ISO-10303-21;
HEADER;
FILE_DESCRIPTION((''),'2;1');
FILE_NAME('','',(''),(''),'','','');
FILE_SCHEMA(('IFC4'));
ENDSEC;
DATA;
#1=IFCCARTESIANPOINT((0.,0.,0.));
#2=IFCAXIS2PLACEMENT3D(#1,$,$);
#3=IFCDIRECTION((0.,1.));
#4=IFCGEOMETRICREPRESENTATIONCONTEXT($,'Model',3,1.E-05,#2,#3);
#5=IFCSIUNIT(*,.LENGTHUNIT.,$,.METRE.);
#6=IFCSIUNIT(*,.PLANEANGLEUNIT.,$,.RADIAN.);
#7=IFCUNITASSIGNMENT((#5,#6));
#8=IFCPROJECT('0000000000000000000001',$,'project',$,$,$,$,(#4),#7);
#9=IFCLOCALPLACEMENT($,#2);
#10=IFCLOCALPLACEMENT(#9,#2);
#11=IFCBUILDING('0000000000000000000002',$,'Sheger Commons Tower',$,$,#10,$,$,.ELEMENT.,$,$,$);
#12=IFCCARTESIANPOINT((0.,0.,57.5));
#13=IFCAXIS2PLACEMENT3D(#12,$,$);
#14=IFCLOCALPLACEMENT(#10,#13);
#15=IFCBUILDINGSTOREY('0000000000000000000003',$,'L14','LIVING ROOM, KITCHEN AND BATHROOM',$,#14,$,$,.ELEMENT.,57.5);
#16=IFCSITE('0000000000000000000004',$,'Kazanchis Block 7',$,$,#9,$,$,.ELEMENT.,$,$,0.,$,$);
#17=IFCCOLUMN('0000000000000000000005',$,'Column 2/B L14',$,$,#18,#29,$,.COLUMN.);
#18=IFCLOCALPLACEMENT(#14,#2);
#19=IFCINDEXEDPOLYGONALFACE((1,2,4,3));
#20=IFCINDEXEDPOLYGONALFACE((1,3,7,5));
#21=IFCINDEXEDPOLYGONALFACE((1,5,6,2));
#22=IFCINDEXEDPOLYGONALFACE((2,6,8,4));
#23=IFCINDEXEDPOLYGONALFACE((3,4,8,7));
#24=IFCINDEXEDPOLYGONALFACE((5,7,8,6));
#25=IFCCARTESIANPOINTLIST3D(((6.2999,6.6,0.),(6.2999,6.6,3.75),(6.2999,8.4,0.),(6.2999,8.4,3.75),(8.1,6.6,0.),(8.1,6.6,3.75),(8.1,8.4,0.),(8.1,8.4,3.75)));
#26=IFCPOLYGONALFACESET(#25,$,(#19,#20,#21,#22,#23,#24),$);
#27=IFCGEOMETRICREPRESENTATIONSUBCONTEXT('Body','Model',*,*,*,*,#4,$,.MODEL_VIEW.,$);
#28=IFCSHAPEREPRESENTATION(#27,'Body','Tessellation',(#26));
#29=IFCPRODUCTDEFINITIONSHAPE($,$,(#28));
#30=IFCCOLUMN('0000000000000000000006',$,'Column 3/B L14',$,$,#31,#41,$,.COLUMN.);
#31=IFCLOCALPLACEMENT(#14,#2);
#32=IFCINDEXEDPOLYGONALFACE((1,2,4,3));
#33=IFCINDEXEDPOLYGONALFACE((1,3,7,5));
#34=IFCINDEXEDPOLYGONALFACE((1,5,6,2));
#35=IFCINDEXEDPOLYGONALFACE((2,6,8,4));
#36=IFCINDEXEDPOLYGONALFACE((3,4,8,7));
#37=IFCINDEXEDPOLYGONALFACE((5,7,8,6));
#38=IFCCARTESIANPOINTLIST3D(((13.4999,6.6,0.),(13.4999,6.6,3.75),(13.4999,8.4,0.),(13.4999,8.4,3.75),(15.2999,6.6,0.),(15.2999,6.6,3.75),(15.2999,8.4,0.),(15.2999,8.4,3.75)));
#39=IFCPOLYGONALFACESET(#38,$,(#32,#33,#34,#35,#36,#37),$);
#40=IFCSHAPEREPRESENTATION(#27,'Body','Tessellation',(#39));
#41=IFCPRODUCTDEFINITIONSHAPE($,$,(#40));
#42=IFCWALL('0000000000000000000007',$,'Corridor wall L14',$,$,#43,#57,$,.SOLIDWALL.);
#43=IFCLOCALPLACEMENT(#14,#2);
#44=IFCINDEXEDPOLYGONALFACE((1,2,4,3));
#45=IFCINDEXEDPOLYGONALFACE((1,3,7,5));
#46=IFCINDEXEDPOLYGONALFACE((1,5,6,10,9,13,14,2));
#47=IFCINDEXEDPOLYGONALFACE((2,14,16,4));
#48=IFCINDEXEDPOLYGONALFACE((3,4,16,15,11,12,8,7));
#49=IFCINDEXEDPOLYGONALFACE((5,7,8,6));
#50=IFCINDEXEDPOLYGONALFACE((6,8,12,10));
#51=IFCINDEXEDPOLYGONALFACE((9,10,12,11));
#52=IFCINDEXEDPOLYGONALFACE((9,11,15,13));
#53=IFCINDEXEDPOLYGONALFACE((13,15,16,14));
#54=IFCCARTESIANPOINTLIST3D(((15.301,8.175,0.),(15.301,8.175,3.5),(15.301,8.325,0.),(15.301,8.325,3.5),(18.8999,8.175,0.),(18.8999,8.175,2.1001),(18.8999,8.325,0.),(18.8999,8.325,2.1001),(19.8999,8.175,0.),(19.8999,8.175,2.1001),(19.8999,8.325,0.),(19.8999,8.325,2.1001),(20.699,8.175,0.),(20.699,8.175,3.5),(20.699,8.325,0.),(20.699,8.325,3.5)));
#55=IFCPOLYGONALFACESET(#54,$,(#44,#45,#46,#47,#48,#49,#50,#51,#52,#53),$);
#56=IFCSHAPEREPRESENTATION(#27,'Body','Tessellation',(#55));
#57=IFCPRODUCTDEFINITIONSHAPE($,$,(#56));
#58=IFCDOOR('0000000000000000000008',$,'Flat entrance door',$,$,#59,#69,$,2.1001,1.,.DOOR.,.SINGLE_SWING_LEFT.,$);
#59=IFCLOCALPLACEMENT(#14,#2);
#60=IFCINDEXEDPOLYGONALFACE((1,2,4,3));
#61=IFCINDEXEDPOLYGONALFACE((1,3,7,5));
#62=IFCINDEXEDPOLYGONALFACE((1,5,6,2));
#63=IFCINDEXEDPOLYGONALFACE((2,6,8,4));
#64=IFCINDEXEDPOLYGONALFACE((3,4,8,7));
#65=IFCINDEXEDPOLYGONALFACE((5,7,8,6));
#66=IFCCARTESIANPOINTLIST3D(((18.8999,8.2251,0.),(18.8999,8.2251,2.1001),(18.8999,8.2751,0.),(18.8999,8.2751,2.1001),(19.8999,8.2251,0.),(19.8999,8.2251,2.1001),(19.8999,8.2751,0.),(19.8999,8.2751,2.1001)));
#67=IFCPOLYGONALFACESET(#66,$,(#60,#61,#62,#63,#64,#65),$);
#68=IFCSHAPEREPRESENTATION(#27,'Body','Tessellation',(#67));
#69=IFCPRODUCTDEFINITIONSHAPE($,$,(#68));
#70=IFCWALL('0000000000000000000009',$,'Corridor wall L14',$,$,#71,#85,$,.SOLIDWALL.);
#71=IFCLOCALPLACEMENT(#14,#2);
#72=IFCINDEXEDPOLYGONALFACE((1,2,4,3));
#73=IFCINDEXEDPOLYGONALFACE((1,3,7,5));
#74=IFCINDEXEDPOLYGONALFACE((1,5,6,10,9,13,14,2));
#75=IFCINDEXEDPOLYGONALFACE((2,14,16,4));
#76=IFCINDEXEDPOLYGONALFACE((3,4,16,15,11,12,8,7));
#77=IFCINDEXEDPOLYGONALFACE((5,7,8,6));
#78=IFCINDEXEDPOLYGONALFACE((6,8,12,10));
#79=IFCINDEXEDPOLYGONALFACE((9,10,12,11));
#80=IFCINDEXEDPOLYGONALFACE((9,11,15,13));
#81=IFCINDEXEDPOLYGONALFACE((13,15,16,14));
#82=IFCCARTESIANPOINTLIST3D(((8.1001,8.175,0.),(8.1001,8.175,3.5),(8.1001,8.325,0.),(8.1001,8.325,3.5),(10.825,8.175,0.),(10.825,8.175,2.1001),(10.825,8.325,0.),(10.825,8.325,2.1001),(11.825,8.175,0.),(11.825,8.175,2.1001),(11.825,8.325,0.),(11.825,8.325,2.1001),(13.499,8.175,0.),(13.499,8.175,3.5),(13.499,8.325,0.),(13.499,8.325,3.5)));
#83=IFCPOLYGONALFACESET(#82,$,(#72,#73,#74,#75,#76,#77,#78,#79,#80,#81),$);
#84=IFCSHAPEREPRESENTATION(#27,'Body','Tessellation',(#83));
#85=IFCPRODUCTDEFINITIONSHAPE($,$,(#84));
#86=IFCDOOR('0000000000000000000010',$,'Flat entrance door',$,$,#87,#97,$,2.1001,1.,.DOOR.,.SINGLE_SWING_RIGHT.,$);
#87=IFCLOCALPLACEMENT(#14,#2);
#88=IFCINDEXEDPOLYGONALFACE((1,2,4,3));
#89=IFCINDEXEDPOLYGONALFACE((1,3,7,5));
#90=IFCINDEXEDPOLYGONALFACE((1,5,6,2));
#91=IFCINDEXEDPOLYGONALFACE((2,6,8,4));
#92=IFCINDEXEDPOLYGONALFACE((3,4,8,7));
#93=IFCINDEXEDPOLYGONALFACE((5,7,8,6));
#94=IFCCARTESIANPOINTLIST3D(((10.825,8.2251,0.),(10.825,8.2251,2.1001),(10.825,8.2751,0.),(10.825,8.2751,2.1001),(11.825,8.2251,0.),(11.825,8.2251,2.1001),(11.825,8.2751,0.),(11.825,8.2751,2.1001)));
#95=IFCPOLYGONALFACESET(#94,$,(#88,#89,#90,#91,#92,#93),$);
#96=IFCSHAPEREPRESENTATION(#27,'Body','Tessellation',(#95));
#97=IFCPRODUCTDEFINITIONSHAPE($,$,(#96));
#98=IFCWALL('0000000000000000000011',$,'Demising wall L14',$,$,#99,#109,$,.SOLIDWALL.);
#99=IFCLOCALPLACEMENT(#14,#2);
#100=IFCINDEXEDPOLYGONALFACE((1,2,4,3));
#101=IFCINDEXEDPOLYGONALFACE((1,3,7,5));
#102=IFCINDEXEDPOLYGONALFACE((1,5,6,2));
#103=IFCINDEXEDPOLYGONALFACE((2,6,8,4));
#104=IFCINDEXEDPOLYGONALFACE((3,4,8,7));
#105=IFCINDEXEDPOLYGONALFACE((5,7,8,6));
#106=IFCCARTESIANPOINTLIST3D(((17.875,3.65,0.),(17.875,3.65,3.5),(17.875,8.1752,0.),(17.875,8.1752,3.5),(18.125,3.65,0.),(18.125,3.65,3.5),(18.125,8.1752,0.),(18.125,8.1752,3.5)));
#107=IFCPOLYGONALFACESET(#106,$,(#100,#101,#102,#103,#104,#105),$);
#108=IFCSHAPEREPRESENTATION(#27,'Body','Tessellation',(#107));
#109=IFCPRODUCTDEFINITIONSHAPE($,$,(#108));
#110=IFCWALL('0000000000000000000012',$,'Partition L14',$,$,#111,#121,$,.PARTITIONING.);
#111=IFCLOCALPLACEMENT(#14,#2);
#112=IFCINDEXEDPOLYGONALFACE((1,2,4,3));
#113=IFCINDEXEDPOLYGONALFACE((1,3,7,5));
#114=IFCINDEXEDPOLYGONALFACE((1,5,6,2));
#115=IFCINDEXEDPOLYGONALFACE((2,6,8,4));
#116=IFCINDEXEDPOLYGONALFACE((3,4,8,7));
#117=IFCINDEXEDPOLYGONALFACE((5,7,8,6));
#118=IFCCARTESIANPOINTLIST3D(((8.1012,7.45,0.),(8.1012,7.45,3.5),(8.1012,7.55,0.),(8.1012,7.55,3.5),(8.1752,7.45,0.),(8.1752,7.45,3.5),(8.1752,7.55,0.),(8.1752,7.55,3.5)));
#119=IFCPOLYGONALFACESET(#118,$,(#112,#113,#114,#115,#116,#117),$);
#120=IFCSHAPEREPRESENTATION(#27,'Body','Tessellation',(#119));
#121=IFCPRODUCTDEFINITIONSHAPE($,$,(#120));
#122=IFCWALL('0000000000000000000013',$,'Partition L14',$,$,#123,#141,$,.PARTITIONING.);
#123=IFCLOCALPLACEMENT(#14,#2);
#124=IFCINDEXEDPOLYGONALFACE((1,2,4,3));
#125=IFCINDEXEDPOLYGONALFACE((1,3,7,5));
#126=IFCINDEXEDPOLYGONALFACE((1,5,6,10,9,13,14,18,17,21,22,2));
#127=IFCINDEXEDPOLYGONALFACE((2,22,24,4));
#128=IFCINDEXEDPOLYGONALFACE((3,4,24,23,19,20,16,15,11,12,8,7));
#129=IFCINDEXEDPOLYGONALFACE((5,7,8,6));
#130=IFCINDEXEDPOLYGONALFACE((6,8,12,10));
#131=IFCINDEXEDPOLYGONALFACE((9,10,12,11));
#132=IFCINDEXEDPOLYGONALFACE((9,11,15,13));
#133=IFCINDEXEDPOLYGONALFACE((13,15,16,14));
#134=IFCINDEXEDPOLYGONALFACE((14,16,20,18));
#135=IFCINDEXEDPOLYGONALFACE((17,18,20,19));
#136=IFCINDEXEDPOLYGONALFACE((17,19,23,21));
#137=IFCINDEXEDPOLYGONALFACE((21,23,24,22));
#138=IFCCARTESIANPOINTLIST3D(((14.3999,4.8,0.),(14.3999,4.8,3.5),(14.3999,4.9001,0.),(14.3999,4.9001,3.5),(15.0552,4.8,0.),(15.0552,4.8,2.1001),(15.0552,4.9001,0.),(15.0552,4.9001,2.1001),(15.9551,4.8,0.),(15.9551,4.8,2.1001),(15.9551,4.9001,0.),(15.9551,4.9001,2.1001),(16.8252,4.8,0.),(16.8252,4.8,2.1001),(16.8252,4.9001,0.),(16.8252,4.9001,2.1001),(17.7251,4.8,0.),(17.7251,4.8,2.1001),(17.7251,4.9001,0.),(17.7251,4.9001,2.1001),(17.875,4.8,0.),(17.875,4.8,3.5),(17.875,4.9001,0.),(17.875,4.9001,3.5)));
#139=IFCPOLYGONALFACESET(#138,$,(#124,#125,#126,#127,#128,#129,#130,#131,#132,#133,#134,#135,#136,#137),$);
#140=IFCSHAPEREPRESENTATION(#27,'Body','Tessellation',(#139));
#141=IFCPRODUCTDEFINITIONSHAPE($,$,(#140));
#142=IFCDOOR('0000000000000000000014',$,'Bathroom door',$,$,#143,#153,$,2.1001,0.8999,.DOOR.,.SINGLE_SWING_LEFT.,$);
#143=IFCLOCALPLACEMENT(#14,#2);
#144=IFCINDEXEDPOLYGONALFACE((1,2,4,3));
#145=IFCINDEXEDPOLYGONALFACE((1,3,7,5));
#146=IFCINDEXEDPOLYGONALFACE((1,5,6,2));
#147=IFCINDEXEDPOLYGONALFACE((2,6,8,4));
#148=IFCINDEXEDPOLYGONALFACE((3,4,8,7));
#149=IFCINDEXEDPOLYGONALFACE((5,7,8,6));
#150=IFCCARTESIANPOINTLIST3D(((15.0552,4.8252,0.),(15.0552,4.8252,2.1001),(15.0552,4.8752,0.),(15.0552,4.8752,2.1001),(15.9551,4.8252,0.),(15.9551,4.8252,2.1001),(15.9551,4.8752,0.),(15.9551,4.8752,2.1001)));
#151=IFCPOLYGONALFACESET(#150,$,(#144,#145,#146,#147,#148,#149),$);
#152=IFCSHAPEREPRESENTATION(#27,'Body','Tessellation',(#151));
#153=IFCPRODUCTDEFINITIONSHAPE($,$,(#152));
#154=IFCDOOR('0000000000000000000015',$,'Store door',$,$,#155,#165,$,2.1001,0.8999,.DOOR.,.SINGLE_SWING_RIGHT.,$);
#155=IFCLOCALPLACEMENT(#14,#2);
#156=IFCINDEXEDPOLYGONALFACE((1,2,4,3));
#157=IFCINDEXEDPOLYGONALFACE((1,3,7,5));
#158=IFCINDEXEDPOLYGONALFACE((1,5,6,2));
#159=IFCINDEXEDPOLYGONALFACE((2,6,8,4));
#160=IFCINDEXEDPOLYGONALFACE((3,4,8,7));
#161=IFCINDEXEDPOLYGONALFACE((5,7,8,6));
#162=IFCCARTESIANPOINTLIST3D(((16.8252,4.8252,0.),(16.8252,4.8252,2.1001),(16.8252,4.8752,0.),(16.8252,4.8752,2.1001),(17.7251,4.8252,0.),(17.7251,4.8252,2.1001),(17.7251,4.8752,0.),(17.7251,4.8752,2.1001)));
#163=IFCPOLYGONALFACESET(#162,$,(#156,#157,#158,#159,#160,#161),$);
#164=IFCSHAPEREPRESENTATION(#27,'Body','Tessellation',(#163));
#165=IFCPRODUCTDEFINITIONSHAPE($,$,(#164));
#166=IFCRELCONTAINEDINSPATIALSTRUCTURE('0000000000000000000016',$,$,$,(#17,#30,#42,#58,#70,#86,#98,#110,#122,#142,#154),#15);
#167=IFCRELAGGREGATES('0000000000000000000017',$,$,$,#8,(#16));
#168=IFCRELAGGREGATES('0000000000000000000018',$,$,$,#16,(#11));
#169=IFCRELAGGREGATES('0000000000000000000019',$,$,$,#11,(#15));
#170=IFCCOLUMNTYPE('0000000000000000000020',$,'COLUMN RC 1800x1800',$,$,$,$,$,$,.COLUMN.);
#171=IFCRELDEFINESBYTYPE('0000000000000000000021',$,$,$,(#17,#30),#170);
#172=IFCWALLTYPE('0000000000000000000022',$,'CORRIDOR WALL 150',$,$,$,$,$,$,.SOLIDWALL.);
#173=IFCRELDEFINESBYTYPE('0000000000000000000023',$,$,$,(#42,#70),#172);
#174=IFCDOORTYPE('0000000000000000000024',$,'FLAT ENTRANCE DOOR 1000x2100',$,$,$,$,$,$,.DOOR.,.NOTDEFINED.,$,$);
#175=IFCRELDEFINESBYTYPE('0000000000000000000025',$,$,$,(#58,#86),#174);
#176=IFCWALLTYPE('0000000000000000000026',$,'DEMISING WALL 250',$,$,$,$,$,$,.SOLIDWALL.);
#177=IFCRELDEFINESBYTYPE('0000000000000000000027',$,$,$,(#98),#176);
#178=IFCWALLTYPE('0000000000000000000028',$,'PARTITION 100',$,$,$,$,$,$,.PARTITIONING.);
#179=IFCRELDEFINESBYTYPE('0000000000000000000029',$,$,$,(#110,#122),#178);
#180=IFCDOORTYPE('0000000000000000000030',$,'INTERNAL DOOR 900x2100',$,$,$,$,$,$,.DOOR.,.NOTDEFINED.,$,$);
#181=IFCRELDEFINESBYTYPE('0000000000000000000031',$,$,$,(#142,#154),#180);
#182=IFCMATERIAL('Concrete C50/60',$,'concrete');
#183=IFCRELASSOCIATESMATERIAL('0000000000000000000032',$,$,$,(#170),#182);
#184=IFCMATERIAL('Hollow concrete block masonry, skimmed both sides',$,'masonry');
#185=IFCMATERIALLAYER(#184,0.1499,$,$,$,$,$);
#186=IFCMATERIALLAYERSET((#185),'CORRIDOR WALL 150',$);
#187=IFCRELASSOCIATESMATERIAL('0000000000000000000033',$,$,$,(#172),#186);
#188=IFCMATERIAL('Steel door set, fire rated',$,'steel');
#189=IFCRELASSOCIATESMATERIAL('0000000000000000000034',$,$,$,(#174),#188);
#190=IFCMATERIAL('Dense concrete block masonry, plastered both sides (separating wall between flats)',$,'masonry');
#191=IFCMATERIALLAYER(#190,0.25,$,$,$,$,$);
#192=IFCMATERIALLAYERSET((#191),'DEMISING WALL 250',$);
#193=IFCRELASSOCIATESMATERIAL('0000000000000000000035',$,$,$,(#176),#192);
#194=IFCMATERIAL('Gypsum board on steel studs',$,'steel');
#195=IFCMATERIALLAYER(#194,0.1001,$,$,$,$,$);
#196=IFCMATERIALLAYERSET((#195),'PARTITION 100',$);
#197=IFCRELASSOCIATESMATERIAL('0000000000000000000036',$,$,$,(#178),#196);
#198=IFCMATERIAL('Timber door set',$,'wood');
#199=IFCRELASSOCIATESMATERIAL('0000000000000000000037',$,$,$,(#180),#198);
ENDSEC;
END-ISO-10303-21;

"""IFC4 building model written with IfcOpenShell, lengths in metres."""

from ifc_helpers import new_model, si_unit, direction, frame, frame_2d, origin, origin_2d, place, context, subcontext, project, spatial, rectangle, extrude, material, layer, layer_set, material_profile, profile_set, type_object, element, fill, save


model = new_model("IFC4")

# Units and contexts
model_context = context("Model", 3, precision=1e-05, world=origin(), true_north=direction((0.0, 1.0)))
body_context = subcontext(model_context, "Body", "Model", "MODEL_VIEW")
ifc_project = project(units=[si_unit("LENGTHUNIT", "METRE"), si_unit("PLANEANGLEUNIT", "RADIAN")], contexts=[model_context])

# Site, building, storey
site_placement = place(None, origin())
site = spatial("IfcSite", under=ifc_project, at=site_placement, Name="Kazanchis Block 7", CompositionType="ELEMENT", RefElevation=0.0)
building_placement = place(site_placement, origin())
building = spatial("IfcBuilding", under=site, at=building_placement, Name="Sheger Commons Tower", CompositionType="ELEMENT")
storey_placement = place(building_placement, frame((0.0, 0.0, 57.5)))
storey = spatial("IfcBuildingStorey", under=building, at=storey_placement, Name="L14", Description="LIVING ROOM, KITCHEN AND BATHROOM", CompositionType="ELEMENT", Elevation=57.5)

# Columns
ifc_material_1 = material(Name="Concrete C50/60", Category="concrete")
ifc_material_profile = material_profile(ifc_material_1, rectangle(XDim=1.8, YDim=1.8, at=origin_2d()), Name="RC 1800x1800")
ifc_profile_set = profile_set([ifc_material_profile], Name="Concrete C50/60")
column_type = type_object("IfcColumnType", Name="COLUMN RC 1800x1800", PredefinedType="COLUMN", material=ifc_profile_set)
for number, where, z_axis, x_axis, name in (
    (1, (7.2, 7.5, 0.0), (0.0, 0.0, 1.0), (1.0, 0.0, 0.0), "Column 2/B L14"),
    (2, (14.3999, 7.5, 0.0), (0.0, 0.0, 1.0), (1.0, 0.0, 0.0), "Column 3/B L14"),
):
    element("IfcColumn", number, at=place(storey_placement, frame(where, z_axis=z_axis, x_axis=x_axis)), inside=storey, type_object=column_type, Name=name, PredefinedType="COLUMN", context=body_context, shape_type="SweptSolid", body=[
        extrude(rectangle(XDim=1.8, YDim=1.8, at=origin_2d()), origin(), (0.0, 0.0, 1.0), 3.75),
    ])

# Walls, openings, doors
ifc_material_2 = material(Name="Hollow concrete block masonry, skimmed both sides", Category="masonry")
ifc_layer_1 = layer(ifc_material_2, 0.1499)
ifc_layer_set_1 = layer_set([ifc_layer_1], Name="CORRIDOR WALL 150")
wall_type_1 = type_object("IfcWallType", Name="CORRIDOR WALL 150", PredefinedType="SOLIDWALL", material=ifc_layer_set_1)
wall_1_placement = place(storey_placement, frame((20.699, 8.25, 0.0), z_axis=(0.0, 0.0, 1.0), x_axis=(-1.0, 0.0, 0.0)))
wall_1 = element("IfcWall", 3, at=wall_1_placement, inside=storey, type_object=wall_type_1, Name="Corridor wall L14", PredefinedType="SOLIDWALL", context=body_context, shape_type="SweptSolid", body=[
    extrude(rectangle(XDim=5.3979, YDim=0.1499, at=frame_2d((2.699, 0.0))), origin(), (0.0, 0.0, 1.0), 3.5),
])
opening_1_placement = place(wall_1_placement, frame((0.7991, 0.0, 0.0)))
opening_1 = element("IfcOpeningElement", 4, at=opening_1_placement, cuts=wall_1, PredefinedType="OPENING", context=body_context, shape_type="SweptSolid", body=[
    extrude(rectangle(XDim=1.0, YDim=2.1001, at=frame_2d((0.5, 1.05))), frame((0.0, 0.085, 0.0), z_axis=(0.0, -1.0, 0.0), x_axis=(1.0, 0.0, 0.0)), (0.0, 0.0, 1.0), 0.1699),
])
ifc_material_3 = material(Name="Steel door set, fire rated", Category="steel")
door_type_1 = type_object("IfcDoorType", Name="FLAT ENTRANCE DOOR 1000x2100", OperationType="NOTDEFINED", PredefinedType="DOOR", material=ifc_material_3)
door_1_placement = place(opening_1_placement, origin())
door_1 = element("IfcDoor", 5, at=door_1_placement, inside=storey, type_object=door_type_1, Name="Flat entrance door", OperationType="SINGLE_SWING_LEFT", OverallHeight=2.1001, OverallWidth=1.0, PredefinedType="DOOR", context=body_context, shape_type="SweptSolid", body=[
    extrude(rectangle(XDim=1.0, YDim=2.1001, at=frame_2d((0.5, 1.05))), frame((0.0, 0.0249, 0.0), z_axis=(0.0, -1.0, 0.0), x_axis=(1.0, 0.0, 0.0)), (0.0, 0.0, 1.0), 0.05),
])
fill(opening_1, door_1)
wall_2_placement = place(storey_placement, frame((13.499, 8.25, 0.0), z_axis=(0.0, 0.0, 1.0), x_axis=(-1.0, 0.0, 0.0)))
wall_2 = element("IfcWall", 6, at=wall_2_placement, inside=storey, type_object=wall_type_1, Name="Corridor wall L14", PredefinedType="SOLIDWALL", context=body_context, shape_type="SweptSolid", body=[
    extrude(rectangle(XDim=5.3989, YDim=0.1499, at=frame_2d((2.6995, 0.0))), origin(), (0.0, 0.0, 1.0), 3.5),
])
opening_2_placement = place(wall_2_placement, frame((1.6741, 0.0, 0.0)))
opening_2 = element("IfcOpeningElement", 7, at=opening_2_placement, cuts=wall_2, PredefinedType="OPENING", context=body_context, shape_type="SweptSolid", body=[
    extrude(rectangle(XDim=1.0, YDim=2.1001, at=frame_2d((0.5, 1.05))), frame((0.0, 0.085, 0.0), z_axis=(0.0, -1.0, 0.0), x_axis=(1.0, 0.0, 0.0)), (0.0, 0.0, 1.0), 0.1699),
])
door_2_placement = place(opening_2_placement, origin())
door_2 = element("IfcDoor", 8, at=door_2_placement, inside=storey, type_object=door_type_1, Name="Flat entrance door", OperationType="SINGLE_SWING_RIGHT", OverallHeight=2.1001, OverallWidth=1.0, PredefinedType="DOOR", context=body_context, shape_type="SweptSolid", body=[
    extrude(rectangle(XDim=1.0, YDim=2.1001, at=frame_2d((0.5, 1.05))), frame((0.0, 0.0249, 0.0), z_axis=(0.0, -1.0, 0.0), x_axis=(1.0, 0.0, 0.0)), (0.0, 0.0, 1.0), 0.05),
])
fill(opening_2, door_2)

# Walls
ifc_material_4 = material(Name="Dense concrete block masonry, plastered both sides (separating wall between flats)", Category="masonry")
ifc_layer_2 = layer(ifc_material_4, 0.25)
ifc_layer_set_2 = layer_set([ifc_layer_2], Name="DEMISING WALL 250")
wall_type_2 = type_object("IfcWallType", Name="DEMISING WALL 250", PredefinedType="SOLIDWALL", material=ifc_layer_set_2)
wall_3_placement = place(storey_placement, frame((18.0, 3.6499, 0.0), z_axis=(0.0, 0.0, 1.0), x_axis=(0.0, 1.0, 0.0)))
element("IfcWall", 9, at=wall_3_placement, inside=storey, type_object=wall_type_2, Name="Demising wall L14", PredefinedType="SOLIDWALL", context=body_context, shape_type="SweptSolid", body=[
    extrude(rectangle(XDim=4.5251, YDim=0.25, at=frame_2d((2.2627, 0.0))), origin(), (0.0, 0.0, 1.0), 3.5),
])
ifc_material_5 = material(Name="Gypsum board on steel studs", Category="steel")
ifc_layer_3 = layer(ifc_material_5, 0.1001)
ifc_layer_set_3 = layer_set([ifc_layer_3], Name="PARTITION 100")
wall_type_3 = type_object("IfcWallType", Name="PARTITION 100", PredefinedType="PARTITIONING", material=ifc_layer_set_3)
wall_4_placement = place(storey_placement, frame((8.1011, 7.5, 0.0), z_axis=(0.0, 0.0, 1.0), x_axis=(1.0, 0.0, 0.0)))
element("IfcWall", 10, at=wall_4_placement, inside=storey, type_object=wall_type_3, Name="Partition L14", PredefinedType="PARTITIONING", context=body_context, shape_type="SweptSolid", body=[
    extrude(rectangle(XDim=0.074, YDim=0.1001, at=frame_2d((0.0371, 0.0))), origin(), (0.0, 0.0, 1.0), 3.5),
])

# Wall, openings, doors
wall_5_placement = place(storey_placement, frame((17.875, 4.8501, 0.0), z_axis=(0.0, 0.0, 1.0), x_axis=(-1.0, 0.0, 0.0)))
wall_5 = element("IfcWall", 11, at=wall_5_placement, inside=storey, type_object=wall_type_3, Name="Partition L14", PredefinedType="PARTITIONING", context=body_context, shape_type="SweptSolid", body=[
    extrude(rectangle(XDim=3.4751, YDim=0.1001, at=frame_2d((1.7375, 0.0))), origin(), (0.0, 0.0, 1.0), 3.5),
])
opening_3_placement = place(wall_5_placement, frame((1.9199, 0.0, 0.0)))
opening_3 = element("IfcOpeningElement", 12, at=opening_3_placement, cuts=wall_5, PredefinedType="OPENING", context=body_context, shape_type="SweptSolid", body=[
    extrude(rectangle(XDim=0.8999, YDim=2.1001, at=frame_2d((0.45, 1.05))), frame((0.0, 0.0601, 0.0), z_axis=(0.0, -1.0, 0.0), x_axis=(1.0, 0.0, 0.0)), (0.0, 0.0, 1.0), 0.1201),
])
opening_4_placement = place(wall_5_placement, frame((0.1499, 0.0, 0.0)))
opening_4 = element("IfcOpeningElement", 13, at=opening_4_placement, cuts=wall_5, PredefinedType="OPENING", context=body_context, shape_type="SweptSolid", body=[
    extrude(rectangle(XDim=0.8999, YDim=2.1001, at=frame_2d((0.45, 1.05))), frame((0.0, 0.0601, 0.0), z_axis=(0.0, -1.0, 0.0), x_axis=(1.0, 0.0, 0.0)), (0.0, 0.0, 1.0), 0.1201),
])
ifc_material_6 = material(Name="Timber door set", Category="wood")
door_type_2 = type_object("IfcDoorType", Name="INTERNAL DOOR 900x2100", OperationType="NOTDEFINED", PredefinedType="DOOR", material=ifc_material_6)
door_3_placement = place(opening_3_placement, origin())
door_3 = element("IfcDoor", 14, at=door_3_placement, inside=storey, type_object=door_type_2, Name="Bathroom door", OperationType="SINGLE_SWING_LEFT", OverallHeight=2.1001, OverallWidth=0.8999, PredefinedType="DOOR", context=body_context, shape_type="SweptSolid", body=[
    extrude(rectangle(XDim=0.8999, YDim=2.1001, at=frame_2d((0.45, 1.05))), frame((0.0, 0.0249, 0.0), z_axis=(0.0, -1.0, 0.0), x_axis=(1.0, 0.0, 0.0)), (0.0, 0.0, 1.0), 0.05),
])
fill(opening_3, door_3)
door_4_placement = place(opening_4_placement, origin())
door_4 = element("IfcDoor", 15, at=door_4_placement, inside=storey, type_object=door_type_2, Name="Store door", OperationType="SINGLE_SWING_RIGHT", OverallHeight=2.1001, OverallWidth=0.8999, PredefinedType="DOOR", context=body_context, shape_type="SweptSolid", body=[
    extrude(rectangle(XDim=0.8999, YDim=2.1001, at=frame_2d((0.45, 1.05))), frame((0.0, 0.0249, 0.0), z_axis=(0.0, -1.0, 0.0), x_axis=(1.0, 0.0, 0.0)), (0.0, 0.0, 1.0), 0.05),
])
fill(opening_4, door_4)

save(model, "model.ifc")
